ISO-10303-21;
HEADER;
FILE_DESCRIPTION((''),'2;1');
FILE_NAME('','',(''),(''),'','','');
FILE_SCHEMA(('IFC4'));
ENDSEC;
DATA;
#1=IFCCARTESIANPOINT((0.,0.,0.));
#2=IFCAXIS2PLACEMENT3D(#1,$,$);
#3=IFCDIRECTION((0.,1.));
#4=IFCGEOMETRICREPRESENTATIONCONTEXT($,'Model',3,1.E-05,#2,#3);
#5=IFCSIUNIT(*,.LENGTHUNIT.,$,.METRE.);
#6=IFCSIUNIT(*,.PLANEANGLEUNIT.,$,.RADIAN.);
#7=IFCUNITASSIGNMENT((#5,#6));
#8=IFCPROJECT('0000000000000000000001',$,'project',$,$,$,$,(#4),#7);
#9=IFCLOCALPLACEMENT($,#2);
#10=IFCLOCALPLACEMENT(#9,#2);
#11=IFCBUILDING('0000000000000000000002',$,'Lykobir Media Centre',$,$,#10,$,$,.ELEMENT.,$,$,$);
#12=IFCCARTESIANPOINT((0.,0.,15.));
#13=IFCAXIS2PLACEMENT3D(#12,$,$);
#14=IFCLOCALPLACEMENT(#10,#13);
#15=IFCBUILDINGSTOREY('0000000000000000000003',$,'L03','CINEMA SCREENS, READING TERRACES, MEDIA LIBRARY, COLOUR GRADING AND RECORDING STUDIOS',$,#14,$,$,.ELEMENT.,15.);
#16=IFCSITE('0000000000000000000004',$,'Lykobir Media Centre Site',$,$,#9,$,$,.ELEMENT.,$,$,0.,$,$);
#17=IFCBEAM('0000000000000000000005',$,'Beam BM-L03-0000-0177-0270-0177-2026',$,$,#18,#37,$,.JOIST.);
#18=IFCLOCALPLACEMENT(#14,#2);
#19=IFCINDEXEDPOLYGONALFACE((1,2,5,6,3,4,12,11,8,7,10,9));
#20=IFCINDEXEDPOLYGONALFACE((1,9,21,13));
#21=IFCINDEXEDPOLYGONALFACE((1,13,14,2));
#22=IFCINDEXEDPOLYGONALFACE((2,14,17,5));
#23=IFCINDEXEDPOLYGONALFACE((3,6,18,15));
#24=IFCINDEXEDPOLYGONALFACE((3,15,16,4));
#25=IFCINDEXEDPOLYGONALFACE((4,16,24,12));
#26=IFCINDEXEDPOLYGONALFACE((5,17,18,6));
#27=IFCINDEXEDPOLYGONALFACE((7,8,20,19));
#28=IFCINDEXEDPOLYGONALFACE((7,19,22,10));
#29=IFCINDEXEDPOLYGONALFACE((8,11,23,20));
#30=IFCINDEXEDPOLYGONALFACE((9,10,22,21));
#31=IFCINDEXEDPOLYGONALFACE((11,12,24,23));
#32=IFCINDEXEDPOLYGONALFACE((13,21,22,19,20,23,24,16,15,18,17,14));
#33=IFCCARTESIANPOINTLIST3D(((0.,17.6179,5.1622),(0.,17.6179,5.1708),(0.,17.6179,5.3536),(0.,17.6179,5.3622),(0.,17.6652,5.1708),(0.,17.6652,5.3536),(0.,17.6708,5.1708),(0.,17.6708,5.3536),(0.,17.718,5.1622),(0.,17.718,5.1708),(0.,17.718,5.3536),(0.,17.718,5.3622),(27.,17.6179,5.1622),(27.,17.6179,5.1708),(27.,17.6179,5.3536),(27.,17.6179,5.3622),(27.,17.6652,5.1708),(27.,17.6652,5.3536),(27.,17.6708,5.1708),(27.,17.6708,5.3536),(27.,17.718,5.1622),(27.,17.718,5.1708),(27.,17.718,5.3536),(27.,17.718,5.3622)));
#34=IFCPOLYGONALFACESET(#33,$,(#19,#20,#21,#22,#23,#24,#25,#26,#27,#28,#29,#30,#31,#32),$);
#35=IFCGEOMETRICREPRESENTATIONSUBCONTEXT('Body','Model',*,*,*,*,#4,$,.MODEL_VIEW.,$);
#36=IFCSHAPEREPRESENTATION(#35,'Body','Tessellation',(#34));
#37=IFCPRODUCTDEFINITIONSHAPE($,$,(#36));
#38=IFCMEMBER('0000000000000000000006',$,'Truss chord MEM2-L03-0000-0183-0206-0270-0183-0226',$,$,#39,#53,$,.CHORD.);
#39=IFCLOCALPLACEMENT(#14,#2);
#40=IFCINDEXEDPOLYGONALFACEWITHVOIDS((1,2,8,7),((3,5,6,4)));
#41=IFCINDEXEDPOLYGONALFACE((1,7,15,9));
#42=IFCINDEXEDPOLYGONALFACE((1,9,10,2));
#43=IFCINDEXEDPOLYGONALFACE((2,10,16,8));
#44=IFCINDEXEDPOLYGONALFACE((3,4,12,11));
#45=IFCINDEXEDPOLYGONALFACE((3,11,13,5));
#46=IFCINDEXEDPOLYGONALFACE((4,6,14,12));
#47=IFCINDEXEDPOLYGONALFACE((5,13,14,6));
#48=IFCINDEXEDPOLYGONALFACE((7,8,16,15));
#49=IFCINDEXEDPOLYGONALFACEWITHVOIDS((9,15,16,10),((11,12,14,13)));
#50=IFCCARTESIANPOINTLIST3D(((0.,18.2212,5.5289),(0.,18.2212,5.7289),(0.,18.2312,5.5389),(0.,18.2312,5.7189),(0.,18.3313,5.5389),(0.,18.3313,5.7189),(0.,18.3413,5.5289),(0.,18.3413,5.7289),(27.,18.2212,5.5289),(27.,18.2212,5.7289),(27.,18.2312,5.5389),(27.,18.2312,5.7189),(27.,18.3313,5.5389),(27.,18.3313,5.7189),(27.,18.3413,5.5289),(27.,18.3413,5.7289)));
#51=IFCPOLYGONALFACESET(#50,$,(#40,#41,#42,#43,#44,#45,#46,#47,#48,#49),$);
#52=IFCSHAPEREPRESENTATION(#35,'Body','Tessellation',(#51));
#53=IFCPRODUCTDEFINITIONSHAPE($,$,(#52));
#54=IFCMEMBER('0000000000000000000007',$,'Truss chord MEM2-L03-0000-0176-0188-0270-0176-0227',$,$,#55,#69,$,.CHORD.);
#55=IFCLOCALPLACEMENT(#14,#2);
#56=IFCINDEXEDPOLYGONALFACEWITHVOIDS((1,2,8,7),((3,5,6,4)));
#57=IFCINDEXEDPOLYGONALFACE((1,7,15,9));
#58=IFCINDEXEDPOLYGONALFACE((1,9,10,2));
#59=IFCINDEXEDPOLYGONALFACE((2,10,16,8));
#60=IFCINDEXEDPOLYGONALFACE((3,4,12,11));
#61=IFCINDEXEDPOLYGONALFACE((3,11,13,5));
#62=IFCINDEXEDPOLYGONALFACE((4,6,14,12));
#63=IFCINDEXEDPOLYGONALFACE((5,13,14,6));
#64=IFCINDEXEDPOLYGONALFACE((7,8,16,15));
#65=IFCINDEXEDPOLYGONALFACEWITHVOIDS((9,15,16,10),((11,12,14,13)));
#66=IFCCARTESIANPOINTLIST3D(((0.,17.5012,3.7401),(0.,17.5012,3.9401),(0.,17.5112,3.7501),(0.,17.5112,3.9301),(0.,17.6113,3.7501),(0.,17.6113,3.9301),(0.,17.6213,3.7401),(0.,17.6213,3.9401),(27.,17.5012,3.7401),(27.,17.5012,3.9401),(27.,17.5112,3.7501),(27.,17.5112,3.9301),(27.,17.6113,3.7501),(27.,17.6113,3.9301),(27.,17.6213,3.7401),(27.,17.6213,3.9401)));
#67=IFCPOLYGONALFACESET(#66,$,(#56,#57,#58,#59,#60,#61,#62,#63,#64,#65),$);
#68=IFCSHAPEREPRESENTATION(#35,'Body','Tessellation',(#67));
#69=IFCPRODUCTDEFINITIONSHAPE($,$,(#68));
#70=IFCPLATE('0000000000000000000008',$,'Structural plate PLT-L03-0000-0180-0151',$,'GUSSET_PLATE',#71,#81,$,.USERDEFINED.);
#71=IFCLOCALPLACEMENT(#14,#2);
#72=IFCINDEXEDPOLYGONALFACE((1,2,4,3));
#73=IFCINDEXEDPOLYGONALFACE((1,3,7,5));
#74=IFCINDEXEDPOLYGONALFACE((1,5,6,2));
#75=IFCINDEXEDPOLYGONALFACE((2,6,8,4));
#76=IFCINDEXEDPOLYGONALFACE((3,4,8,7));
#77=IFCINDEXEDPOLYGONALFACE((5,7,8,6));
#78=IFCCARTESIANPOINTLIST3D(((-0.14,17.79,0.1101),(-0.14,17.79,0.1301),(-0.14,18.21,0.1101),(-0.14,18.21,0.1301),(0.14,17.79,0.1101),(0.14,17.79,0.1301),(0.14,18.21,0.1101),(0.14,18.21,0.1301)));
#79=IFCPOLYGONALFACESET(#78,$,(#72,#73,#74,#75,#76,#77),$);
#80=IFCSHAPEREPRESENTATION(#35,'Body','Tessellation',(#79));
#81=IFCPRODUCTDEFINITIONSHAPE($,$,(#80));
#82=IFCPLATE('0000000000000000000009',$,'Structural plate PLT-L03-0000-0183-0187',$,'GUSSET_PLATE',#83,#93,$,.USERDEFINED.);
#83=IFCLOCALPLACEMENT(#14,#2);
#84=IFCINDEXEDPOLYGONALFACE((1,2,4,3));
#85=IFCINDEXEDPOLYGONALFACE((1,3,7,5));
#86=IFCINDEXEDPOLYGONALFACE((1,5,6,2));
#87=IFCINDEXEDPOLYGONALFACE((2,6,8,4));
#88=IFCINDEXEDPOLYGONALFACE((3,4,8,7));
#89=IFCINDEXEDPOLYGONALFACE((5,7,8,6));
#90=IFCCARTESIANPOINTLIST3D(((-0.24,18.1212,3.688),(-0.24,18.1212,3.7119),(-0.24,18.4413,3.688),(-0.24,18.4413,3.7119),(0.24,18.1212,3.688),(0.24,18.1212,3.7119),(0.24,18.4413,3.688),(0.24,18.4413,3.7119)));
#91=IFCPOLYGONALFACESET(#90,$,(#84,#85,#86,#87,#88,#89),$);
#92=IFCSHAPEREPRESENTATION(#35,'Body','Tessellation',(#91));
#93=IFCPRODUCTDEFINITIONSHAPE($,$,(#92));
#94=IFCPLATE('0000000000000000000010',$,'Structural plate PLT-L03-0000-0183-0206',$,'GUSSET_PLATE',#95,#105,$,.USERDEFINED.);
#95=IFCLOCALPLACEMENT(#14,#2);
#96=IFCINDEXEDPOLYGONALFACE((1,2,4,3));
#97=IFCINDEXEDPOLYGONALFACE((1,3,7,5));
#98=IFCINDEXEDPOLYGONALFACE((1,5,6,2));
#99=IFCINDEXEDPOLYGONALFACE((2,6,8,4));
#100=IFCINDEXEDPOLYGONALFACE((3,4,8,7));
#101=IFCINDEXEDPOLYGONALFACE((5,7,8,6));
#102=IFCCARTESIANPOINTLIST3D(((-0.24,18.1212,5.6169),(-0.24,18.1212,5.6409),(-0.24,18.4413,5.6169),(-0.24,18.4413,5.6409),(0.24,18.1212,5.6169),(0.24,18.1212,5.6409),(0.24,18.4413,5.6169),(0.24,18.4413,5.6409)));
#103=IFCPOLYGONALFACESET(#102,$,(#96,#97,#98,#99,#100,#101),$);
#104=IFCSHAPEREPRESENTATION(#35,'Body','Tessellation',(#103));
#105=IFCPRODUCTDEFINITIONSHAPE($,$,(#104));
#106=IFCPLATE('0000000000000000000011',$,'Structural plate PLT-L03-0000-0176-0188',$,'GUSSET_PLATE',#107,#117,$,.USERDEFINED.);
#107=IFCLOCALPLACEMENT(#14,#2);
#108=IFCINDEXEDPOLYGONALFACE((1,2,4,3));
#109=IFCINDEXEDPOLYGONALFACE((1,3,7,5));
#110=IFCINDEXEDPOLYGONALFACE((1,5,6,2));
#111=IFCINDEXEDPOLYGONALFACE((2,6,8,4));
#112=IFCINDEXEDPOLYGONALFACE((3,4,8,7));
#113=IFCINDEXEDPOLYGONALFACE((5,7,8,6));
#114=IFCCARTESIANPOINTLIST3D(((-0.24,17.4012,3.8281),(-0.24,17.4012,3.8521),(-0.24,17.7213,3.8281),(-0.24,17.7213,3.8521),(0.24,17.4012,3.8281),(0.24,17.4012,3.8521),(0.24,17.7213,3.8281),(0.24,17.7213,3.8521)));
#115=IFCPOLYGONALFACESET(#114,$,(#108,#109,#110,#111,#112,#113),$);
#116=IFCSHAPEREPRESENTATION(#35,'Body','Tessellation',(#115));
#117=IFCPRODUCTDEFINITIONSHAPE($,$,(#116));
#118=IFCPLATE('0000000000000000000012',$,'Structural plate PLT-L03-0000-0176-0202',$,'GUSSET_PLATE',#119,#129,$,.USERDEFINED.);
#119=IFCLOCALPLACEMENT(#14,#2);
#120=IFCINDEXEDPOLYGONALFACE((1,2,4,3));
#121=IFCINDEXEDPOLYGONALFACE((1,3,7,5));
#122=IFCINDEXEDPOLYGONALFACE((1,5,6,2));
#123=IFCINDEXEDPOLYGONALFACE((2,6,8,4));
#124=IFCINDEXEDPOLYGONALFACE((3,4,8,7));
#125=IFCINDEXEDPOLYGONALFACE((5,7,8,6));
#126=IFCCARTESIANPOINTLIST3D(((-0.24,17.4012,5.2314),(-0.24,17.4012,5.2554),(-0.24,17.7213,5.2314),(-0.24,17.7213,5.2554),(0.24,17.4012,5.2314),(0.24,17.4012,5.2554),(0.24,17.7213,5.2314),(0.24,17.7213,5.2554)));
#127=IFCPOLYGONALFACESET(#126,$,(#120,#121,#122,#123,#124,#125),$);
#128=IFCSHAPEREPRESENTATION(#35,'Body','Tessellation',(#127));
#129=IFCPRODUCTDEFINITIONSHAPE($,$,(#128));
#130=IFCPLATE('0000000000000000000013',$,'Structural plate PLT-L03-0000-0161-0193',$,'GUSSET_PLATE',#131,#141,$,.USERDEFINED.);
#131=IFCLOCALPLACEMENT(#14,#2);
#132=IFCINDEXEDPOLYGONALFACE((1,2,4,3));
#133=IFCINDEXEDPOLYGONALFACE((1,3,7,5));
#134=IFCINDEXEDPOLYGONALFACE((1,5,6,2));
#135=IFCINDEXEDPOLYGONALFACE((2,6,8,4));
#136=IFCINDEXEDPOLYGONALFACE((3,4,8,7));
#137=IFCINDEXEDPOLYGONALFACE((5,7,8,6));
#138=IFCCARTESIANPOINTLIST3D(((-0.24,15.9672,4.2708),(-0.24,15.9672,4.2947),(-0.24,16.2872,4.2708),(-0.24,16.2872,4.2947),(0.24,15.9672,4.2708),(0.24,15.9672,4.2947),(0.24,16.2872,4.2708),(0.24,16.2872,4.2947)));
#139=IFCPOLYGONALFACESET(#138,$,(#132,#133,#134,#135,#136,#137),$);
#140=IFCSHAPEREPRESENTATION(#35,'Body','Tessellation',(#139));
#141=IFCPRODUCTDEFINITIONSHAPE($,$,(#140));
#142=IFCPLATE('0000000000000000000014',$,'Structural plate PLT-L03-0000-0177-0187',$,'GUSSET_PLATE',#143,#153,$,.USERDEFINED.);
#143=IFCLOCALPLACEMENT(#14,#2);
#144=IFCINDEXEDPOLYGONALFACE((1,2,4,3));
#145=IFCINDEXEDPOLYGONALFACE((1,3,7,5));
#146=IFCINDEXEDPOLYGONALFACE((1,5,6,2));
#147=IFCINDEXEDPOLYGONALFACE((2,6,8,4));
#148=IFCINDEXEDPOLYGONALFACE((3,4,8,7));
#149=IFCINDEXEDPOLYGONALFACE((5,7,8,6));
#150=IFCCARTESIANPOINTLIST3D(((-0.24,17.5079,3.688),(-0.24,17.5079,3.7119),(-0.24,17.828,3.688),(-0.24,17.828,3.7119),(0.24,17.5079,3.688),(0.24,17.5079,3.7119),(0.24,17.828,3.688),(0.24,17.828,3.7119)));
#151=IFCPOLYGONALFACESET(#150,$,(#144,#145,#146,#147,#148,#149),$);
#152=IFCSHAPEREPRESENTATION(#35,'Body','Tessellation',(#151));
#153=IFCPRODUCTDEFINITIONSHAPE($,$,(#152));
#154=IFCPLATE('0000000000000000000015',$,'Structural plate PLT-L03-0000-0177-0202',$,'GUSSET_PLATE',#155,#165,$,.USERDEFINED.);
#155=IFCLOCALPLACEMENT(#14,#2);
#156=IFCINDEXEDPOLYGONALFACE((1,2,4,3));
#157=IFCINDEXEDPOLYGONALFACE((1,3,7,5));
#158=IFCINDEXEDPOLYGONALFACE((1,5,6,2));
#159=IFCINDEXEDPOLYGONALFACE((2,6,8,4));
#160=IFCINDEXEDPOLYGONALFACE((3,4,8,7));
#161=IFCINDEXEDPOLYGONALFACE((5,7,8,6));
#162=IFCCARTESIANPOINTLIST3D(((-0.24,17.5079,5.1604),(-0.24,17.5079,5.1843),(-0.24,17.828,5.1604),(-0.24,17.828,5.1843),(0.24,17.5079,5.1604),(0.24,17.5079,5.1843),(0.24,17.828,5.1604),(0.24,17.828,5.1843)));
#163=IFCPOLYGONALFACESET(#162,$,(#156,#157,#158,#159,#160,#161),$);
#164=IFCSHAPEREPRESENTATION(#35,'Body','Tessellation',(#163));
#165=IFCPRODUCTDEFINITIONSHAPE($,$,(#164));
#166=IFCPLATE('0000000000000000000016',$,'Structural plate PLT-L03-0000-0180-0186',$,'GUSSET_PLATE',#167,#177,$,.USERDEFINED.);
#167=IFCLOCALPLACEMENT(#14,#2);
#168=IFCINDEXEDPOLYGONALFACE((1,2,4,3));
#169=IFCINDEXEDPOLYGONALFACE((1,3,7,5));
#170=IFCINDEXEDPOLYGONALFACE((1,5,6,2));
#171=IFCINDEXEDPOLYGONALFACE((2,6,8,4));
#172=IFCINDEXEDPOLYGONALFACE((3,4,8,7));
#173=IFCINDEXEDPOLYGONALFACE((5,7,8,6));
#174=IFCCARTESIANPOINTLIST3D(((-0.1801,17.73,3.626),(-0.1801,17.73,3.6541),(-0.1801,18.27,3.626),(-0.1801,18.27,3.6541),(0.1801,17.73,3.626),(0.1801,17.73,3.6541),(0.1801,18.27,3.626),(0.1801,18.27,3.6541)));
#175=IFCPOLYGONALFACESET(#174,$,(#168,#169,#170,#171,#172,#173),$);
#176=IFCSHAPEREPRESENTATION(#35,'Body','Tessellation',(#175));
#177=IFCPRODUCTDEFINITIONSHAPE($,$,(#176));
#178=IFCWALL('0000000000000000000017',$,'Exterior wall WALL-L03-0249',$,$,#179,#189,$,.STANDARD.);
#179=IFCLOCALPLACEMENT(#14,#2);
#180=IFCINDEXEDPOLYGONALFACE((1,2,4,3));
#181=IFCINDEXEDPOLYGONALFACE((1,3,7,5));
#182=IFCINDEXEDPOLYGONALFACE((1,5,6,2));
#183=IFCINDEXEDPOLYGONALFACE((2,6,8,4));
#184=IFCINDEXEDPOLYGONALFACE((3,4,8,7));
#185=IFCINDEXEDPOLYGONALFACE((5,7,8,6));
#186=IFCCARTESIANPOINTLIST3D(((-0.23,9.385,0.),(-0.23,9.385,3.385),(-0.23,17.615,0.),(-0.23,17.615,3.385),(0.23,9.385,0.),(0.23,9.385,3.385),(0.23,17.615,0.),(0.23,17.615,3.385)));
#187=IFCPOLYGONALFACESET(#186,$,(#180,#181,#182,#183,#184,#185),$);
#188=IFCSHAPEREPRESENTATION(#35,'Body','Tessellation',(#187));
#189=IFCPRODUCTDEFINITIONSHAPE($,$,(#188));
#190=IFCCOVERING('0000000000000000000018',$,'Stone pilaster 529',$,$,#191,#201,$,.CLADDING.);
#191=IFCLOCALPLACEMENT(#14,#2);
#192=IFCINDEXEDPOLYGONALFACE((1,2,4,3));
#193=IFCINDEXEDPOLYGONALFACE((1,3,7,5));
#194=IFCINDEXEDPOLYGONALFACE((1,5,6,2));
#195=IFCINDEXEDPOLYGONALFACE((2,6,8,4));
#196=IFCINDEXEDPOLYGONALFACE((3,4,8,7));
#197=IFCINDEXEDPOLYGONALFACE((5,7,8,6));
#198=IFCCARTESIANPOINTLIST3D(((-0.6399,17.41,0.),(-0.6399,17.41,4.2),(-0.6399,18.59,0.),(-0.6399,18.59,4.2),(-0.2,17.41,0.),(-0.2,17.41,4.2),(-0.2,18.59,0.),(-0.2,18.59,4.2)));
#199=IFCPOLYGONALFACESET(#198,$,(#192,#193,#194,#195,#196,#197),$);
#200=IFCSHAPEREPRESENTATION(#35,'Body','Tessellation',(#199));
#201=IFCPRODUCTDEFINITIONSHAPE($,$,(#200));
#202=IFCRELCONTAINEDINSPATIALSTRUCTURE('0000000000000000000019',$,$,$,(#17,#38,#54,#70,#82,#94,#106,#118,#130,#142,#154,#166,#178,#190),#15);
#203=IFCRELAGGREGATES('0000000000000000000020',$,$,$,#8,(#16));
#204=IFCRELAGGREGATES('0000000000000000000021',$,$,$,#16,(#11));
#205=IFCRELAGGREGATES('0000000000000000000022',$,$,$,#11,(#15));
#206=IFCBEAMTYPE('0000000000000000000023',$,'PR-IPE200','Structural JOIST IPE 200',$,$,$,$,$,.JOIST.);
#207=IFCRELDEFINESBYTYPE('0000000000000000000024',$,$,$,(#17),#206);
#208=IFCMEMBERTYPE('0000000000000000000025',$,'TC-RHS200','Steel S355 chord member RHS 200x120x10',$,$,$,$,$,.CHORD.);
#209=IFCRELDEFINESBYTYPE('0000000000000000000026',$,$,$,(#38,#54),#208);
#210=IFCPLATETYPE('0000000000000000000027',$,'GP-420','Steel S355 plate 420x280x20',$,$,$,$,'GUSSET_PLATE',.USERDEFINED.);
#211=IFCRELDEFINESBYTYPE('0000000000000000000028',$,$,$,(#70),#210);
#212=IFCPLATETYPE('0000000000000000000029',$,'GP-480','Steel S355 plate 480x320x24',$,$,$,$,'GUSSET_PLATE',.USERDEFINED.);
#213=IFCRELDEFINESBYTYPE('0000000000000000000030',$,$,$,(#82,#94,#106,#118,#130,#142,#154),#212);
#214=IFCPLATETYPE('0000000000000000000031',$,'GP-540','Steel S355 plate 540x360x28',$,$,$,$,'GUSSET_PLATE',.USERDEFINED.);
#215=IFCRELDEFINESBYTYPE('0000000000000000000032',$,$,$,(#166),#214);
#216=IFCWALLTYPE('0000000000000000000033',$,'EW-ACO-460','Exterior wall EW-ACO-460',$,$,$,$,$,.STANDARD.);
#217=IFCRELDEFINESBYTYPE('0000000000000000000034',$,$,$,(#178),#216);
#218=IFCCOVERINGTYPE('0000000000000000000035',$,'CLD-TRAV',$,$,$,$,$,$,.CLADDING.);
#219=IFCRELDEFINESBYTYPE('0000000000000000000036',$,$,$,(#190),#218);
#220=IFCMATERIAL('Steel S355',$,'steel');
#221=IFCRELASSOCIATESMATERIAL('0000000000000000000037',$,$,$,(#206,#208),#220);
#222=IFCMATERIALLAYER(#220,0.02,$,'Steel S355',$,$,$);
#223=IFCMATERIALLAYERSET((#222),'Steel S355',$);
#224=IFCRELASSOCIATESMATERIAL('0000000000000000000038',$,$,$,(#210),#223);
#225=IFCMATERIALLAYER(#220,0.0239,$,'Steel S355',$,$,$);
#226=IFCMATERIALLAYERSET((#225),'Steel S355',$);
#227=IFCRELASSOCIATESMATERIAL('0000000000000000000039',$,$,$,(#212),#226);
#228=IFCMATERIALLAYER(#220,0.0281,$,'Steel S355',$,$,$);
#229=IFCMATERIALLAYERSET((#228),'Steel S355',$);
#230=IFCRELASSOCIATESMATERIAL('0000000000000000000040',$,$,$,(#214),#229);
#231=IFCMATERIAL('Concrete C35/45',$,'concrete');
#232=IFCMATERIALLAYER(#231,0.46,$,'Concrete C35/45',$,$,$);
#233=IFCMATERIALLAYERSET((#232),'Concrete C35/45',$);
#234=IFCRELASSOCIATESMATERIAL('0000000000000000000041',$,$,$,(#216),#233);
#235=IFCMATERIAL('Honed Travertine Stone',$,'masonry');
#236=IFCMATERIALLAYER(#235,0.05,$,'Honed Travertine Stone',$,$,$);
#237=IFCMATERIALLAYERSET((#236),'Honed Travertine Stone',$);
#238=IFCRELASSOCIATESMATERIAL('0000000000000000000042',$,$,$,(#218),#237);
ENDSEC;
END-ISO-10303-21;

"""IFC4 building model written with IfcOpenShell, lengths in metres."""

from ifc_helpers import new_model, si_unit, direction, frame, frame_2d, origin, origin_2d, place, context, subcontext, project, spatial, rectangle, hollow_rectangle, i_section, extrude, material, layer, layer_set, material_profile, profile_set, type_object, element, save


model = new_model("IFC4")

# Units and contexts
model_context = context("Model", 3, precision=1e-05, world=origin(), true_north=direction((0.0, 1.0)))
body_context = subcontext(model_context, "Body", "Model", "MODEL_VIEW")
ifc_project = project(units=[si_unit("LENGTHUNIT", "METRE"), si_unit("PLANEANGLEUNIT", "RADIAN")], contexts=[model_context])

# Site, building, storey
site_placement = place(None, origin())
site = spatial("IfcSite", under=ifc_project, at=site_placement, Name="Lykobir Media Centre Site", CompositionType="ELEMENT", RefElevation=0.0)
building_placement = place(site_placement, origin())
building = spatial("IfcBuilding", under=site, at=building_placement, Name="Lykobir Media Centre", CompositionType="ELEMENT")
storey_placement = place(building_placement, frame((0.0, 0.0, 15.0)))
storey = spatial("IfcBuildingStorey", under=building, at=storey_placement, Name="L03", Description="CINEMA SCREENS, READING TERRACES, MEDIA LIBRARY, COLOUR GRADING AND RECORDING STUDIOS", CompositionType="ELEMENT", Elevation=15.0)

# Shared definitions
ifc_material_1 = material(Name="Steel S355", Category="steel")

# Beam
ifc_material_profile_1 = material_profile(ifc_material_1, i_section(OverallWidth=0.1001, OverallDepth=0.2, WebThickness=0.0056, FlangeThickness=0.0085, at=origin_2d()), Name="IPE 200")
ifc_profile_set_1 = profile_set([ifc_material_profile_1], Name="Steel S355")
beam_type_1 = type_object("IfcBeamType", Name="PR-IPE200", Description="Structural JOIST IPE 200", PredefinedType="JOIST", material=ifc_profile_set_1)
beam_1_placement = place(storey_placement, frame((0.0, 17.668, 5.2622), z_axis=(1.0, 0.0, 0.0), x_axis=(0.0, 1.0, 0.0)))
element("IfcBeam", 1, at=beam_1_placement, inside=storey, type_object=beam_type_1, Name="Beam BM-L03-0000-0177-0270-0177-2026", PredefinedType="JOIST", context=body_context, shape_type="SweptSolid", body=[
    extrude(i_section(OverallWidth=0.1001, OverallDepth=0.2, WebThickness=0.0056, FlangeThickness=0.0085, at=origin_2d()), origin(), (0.0, 0.0, 1.0), 27.0),
])

# Members
ifc_material_profile_2 = material_profile(ifc_material_1, hollow_rectangle(XDim=0.1201, YDim=0.2, WallThickness=0.01, at=origin_2d()), Name="RHS 200x120x10")
ifc_profile_set_2 = profile_set([ifc_material_profile_2], Name="Steel S355")
member_type_1 = type_object("IfcMemberType", Name="TC-RHS200", Description="Steel S355 chord member RHS 200x120x10", PredefinedType="CHORD", material=ifc_profile_set_2)
for number, where, z_axis, x_axis, name in (
    (2, (0.0, 18.2812, 5.6289), (1.0, 0.0, 0.0), (0.0, 1.0, 0.0), "Truss chord MEM2-L03-0000-0183-0206-0270-0183-0226"),
    (3, (0.0, 17.5613, 3.8401), (1.0, 0.0, 0.0), (0.0, 1.0, 0.0), "Truss chord MEM2-L03-0000-0176-0188-0270-0176-0227"),
):
    element("IfcMember", number, at=place(storey_placement, frame(where, z_axis=z_axis, x_axis=x_axis)), inside=storey, type_object=member_type_1, Name=name, PredefinedType="CHORD", context=body_context, shape_type="SweptSolid", body=[
        extrude(hollow_rectangle(XDim=0.1201, YDim=0.2, WallThickness=0.01, at=origin_2d()), origin(), (0.0, 0.0, 1.0), 27.0),
    ])

# Plates
ifc_layer_1 = layer(ifc_material_1, 0.02, Name="Steel S355")
ifc_layer_set_1 = layer_set([ifc_layer_1], Name="Steel S355")
plate_type_1 = type_object("IfcPlateType", Name="GP-420", Description="Steel S355 plate 420x280x20", ElementType="GUSSET_PLATE", PredefinedType="USERDEFINED", material=ifc_layer_set_1)
plate_1_placement = place(storey_placement, frame((0.0, 18.0, 0.1101), z_axis=(0.0, 0.0, 1.0), x_axis=(0.0, 1.0, 0.0)))
element("IfcPlate", 4, at=plate_1_placement, inside=storey, type_object=plate_type_1, Name="Structural plate PLT-L03-0000-0180-0151", ObjectType="GUSSET_PLATE", PredefinedType="USERDEFINED", context=body_context, shape_type="SweptSolid", body=[
    extrude(rectangle(XDim=0.4199, YDim=0.28, at=origin_2d()), origin(), (0.0, 0.0, 1.0), 0.02),
])
ifc_layer_2 = layer(ifc_material_1, 0.0239, Name="Steel S355")
ifc_layer_set_2 = layer_set([ifc_layer_2], Name="Steel S355")
plate_type_2 = type_object("IfcPlateType", Name="GP-480", Description="Steel S355 plate 480x320x24", ElementType="GUSSET_PLATE", PredefinedType="USERDEFINED", material=ifc_layer_set_2)
for number, where, z_axis, x_axis, name in (
    (5, (0.0, 18.2812, 3.688), (0.0, 0.0, 1.0), (1.0, 0.0, 0.0), "Structural plate PLT-L03-0000-0183-0187"),
    (6, (0.0, 18.2812, 5.6169), (0.0, 0.0, 1.0), (1.0, 0.0, 0.0), "Structural plate PLT-L03-0000-0183-0206"),
    (7, (0.0, 17.5613, 3.8281), (0.0, 0.0, 1.0), (1.0, 0.0, 0.0), "Structural plate PLT-L03-0000-0176-0188"),
    (8, (0.0, 17.5613, 5.2314), (0.0, 0.0, 1.0), (1.0, 0.0, 0.0), "Structural plate PLT-L03-0000-0176-0202"),
    (9, (0.0, 16.1272, 4.2708), (0.0, 0.0, 1.0), (1.0, 0.0, 0.0), "Structural plate PLT-L03-0000-0161-0193"),
    (10, (0.0, 17.668, 3.688), (0.0, 0.0, 1.0), (1.0, 0.0, 0.0), "Structural plate PLT-L03-0000-0177-0187"),
    (11, (0.0, 17.668, 5.1604), (0.0, 0.0, 1.0), (1.0, 0.0, 0.0), "Structural plate PLT-L03-0000-0177-0202"),
):
    element("IfcPlate", number, at=place(storey_placement, frame(where, z_axis=z_axis, x_axis=x_axis)), inside=storey, type_object=plate_type_2, Name=name, ObjectType="GUSSET_PLATE", PredefinedType="USERDEFINED", context=body_context, shape_type="SweptSolid", body=[
        extrude(rectangle(XDim=0.48, YDim=0.3201, at=origin_2d()), origin(), (0.0, 0.0, 1.0), 0.0239),
    ])
ifc_layer_3 = layer(ifc_material_1, 0.0281, Name="Steel S355")
ifc_layer_set_3 = layer_set([ifc_layer_3], Name="Steel S355")
plate_type_3 = type_object("IfcPlateType", Name="GP-540", Description="Steel S355 plate 540x360x28", ElementType="GUSSET_PLATE", PredefinedType="USERDEFINED", material=ifc_layer_set_3)
plate_2_placement = place(storey_placement, frame((0.0, 18.0, 3.626), z_axis=(0.0, 0.0, 1.0), x_axis=(0.0, 1.0, 0.0)))
element("IfcPlate", 12, at=plate_2_placement, inside=storey, type_object=plate_type_3, Name="Structural plate PLT-L03-0000-0180-0186", ObjectType="GUSSET_PLATE", PredefinedType="USERDEFINED", context=body_context, shape_type="SweptSolid", body=[
    extrude(rectangle(XDim=0.54, YDim=0.3601, at=origin_2d()), origin(), (0.0, 0.0, 1.0), 0.0281),
])

# Wall
ifc_material_2 = material(Name="Concrete C35/45", Category="concrete")
ifc_layer_4 = layer(ifc_material_2, 0.46, Name="Concrete C35/45")
ifc_layer_set_4 = layer_set([ifc_layer_4], Name="Concrete C35/45")
wall_type = type_object("IfcWallType", Name="EW-ACO-460", Description="Exterior wall EW-ACO-460", PredefinedType="STANDARD", material=ifc_layer_set_4)
wall_placement = place(storey_placement, frame((0.0, 17.615, 0.0), z_axis=(0.0, 0.0, 1.0), x_axis=(0.0, -1.0, 0.0)))
element("IfcWall", 13, at=wall_placement, inside=storey, type_object=wall_type, Name="Exterior wall WALL-L03-0249", PredefinedType="STANDARD", context=body_context, shape_type="SweptSolid", body=[
    extrude(rectangle(XDim=8.23, YDim=0.46, at=frame_2d((4.115, 0.0))), origin(), (0.0, 0.0, 1.0), 3.385),
])

# Covering
ifc_material_3 = material(Name="Honed Travertine Stone", Category="masonry")
ifc_layer_5 = layer(ifc_material_3, 0.05, Name="Honed Travertine Stone")
ifc_layer_set_5 = layer_set([ifc_layer_5], Name="Honed Travertine Stone")
covering_type = type_object("IfcCoveringType", Name="CLD-TRAV", PredefinedType="CLADDING", material=ifc_layer_set_5)
covering_placement = place(storey_placement, frame((-0.4199, 18.0, 0.0), z_axis=(0.0, 0.0, 1.0), x_axis=(0.0, -1.0, 0.0)))
element("IfcCovering", 14, at=covering_placement, inside=storey, type_object=covering_type, Name="Stone pilaster 529", PredefinedType="CLADDING", context=body_context, shape_type="SweptSolid", body=[
    extrude(rectangle(XDim=1.1799, YDim=0.4399, at=origin_2d()), origin(), (0.0, 0.0, 1.0), 4.2),
])

save(model, "model.ifc")
